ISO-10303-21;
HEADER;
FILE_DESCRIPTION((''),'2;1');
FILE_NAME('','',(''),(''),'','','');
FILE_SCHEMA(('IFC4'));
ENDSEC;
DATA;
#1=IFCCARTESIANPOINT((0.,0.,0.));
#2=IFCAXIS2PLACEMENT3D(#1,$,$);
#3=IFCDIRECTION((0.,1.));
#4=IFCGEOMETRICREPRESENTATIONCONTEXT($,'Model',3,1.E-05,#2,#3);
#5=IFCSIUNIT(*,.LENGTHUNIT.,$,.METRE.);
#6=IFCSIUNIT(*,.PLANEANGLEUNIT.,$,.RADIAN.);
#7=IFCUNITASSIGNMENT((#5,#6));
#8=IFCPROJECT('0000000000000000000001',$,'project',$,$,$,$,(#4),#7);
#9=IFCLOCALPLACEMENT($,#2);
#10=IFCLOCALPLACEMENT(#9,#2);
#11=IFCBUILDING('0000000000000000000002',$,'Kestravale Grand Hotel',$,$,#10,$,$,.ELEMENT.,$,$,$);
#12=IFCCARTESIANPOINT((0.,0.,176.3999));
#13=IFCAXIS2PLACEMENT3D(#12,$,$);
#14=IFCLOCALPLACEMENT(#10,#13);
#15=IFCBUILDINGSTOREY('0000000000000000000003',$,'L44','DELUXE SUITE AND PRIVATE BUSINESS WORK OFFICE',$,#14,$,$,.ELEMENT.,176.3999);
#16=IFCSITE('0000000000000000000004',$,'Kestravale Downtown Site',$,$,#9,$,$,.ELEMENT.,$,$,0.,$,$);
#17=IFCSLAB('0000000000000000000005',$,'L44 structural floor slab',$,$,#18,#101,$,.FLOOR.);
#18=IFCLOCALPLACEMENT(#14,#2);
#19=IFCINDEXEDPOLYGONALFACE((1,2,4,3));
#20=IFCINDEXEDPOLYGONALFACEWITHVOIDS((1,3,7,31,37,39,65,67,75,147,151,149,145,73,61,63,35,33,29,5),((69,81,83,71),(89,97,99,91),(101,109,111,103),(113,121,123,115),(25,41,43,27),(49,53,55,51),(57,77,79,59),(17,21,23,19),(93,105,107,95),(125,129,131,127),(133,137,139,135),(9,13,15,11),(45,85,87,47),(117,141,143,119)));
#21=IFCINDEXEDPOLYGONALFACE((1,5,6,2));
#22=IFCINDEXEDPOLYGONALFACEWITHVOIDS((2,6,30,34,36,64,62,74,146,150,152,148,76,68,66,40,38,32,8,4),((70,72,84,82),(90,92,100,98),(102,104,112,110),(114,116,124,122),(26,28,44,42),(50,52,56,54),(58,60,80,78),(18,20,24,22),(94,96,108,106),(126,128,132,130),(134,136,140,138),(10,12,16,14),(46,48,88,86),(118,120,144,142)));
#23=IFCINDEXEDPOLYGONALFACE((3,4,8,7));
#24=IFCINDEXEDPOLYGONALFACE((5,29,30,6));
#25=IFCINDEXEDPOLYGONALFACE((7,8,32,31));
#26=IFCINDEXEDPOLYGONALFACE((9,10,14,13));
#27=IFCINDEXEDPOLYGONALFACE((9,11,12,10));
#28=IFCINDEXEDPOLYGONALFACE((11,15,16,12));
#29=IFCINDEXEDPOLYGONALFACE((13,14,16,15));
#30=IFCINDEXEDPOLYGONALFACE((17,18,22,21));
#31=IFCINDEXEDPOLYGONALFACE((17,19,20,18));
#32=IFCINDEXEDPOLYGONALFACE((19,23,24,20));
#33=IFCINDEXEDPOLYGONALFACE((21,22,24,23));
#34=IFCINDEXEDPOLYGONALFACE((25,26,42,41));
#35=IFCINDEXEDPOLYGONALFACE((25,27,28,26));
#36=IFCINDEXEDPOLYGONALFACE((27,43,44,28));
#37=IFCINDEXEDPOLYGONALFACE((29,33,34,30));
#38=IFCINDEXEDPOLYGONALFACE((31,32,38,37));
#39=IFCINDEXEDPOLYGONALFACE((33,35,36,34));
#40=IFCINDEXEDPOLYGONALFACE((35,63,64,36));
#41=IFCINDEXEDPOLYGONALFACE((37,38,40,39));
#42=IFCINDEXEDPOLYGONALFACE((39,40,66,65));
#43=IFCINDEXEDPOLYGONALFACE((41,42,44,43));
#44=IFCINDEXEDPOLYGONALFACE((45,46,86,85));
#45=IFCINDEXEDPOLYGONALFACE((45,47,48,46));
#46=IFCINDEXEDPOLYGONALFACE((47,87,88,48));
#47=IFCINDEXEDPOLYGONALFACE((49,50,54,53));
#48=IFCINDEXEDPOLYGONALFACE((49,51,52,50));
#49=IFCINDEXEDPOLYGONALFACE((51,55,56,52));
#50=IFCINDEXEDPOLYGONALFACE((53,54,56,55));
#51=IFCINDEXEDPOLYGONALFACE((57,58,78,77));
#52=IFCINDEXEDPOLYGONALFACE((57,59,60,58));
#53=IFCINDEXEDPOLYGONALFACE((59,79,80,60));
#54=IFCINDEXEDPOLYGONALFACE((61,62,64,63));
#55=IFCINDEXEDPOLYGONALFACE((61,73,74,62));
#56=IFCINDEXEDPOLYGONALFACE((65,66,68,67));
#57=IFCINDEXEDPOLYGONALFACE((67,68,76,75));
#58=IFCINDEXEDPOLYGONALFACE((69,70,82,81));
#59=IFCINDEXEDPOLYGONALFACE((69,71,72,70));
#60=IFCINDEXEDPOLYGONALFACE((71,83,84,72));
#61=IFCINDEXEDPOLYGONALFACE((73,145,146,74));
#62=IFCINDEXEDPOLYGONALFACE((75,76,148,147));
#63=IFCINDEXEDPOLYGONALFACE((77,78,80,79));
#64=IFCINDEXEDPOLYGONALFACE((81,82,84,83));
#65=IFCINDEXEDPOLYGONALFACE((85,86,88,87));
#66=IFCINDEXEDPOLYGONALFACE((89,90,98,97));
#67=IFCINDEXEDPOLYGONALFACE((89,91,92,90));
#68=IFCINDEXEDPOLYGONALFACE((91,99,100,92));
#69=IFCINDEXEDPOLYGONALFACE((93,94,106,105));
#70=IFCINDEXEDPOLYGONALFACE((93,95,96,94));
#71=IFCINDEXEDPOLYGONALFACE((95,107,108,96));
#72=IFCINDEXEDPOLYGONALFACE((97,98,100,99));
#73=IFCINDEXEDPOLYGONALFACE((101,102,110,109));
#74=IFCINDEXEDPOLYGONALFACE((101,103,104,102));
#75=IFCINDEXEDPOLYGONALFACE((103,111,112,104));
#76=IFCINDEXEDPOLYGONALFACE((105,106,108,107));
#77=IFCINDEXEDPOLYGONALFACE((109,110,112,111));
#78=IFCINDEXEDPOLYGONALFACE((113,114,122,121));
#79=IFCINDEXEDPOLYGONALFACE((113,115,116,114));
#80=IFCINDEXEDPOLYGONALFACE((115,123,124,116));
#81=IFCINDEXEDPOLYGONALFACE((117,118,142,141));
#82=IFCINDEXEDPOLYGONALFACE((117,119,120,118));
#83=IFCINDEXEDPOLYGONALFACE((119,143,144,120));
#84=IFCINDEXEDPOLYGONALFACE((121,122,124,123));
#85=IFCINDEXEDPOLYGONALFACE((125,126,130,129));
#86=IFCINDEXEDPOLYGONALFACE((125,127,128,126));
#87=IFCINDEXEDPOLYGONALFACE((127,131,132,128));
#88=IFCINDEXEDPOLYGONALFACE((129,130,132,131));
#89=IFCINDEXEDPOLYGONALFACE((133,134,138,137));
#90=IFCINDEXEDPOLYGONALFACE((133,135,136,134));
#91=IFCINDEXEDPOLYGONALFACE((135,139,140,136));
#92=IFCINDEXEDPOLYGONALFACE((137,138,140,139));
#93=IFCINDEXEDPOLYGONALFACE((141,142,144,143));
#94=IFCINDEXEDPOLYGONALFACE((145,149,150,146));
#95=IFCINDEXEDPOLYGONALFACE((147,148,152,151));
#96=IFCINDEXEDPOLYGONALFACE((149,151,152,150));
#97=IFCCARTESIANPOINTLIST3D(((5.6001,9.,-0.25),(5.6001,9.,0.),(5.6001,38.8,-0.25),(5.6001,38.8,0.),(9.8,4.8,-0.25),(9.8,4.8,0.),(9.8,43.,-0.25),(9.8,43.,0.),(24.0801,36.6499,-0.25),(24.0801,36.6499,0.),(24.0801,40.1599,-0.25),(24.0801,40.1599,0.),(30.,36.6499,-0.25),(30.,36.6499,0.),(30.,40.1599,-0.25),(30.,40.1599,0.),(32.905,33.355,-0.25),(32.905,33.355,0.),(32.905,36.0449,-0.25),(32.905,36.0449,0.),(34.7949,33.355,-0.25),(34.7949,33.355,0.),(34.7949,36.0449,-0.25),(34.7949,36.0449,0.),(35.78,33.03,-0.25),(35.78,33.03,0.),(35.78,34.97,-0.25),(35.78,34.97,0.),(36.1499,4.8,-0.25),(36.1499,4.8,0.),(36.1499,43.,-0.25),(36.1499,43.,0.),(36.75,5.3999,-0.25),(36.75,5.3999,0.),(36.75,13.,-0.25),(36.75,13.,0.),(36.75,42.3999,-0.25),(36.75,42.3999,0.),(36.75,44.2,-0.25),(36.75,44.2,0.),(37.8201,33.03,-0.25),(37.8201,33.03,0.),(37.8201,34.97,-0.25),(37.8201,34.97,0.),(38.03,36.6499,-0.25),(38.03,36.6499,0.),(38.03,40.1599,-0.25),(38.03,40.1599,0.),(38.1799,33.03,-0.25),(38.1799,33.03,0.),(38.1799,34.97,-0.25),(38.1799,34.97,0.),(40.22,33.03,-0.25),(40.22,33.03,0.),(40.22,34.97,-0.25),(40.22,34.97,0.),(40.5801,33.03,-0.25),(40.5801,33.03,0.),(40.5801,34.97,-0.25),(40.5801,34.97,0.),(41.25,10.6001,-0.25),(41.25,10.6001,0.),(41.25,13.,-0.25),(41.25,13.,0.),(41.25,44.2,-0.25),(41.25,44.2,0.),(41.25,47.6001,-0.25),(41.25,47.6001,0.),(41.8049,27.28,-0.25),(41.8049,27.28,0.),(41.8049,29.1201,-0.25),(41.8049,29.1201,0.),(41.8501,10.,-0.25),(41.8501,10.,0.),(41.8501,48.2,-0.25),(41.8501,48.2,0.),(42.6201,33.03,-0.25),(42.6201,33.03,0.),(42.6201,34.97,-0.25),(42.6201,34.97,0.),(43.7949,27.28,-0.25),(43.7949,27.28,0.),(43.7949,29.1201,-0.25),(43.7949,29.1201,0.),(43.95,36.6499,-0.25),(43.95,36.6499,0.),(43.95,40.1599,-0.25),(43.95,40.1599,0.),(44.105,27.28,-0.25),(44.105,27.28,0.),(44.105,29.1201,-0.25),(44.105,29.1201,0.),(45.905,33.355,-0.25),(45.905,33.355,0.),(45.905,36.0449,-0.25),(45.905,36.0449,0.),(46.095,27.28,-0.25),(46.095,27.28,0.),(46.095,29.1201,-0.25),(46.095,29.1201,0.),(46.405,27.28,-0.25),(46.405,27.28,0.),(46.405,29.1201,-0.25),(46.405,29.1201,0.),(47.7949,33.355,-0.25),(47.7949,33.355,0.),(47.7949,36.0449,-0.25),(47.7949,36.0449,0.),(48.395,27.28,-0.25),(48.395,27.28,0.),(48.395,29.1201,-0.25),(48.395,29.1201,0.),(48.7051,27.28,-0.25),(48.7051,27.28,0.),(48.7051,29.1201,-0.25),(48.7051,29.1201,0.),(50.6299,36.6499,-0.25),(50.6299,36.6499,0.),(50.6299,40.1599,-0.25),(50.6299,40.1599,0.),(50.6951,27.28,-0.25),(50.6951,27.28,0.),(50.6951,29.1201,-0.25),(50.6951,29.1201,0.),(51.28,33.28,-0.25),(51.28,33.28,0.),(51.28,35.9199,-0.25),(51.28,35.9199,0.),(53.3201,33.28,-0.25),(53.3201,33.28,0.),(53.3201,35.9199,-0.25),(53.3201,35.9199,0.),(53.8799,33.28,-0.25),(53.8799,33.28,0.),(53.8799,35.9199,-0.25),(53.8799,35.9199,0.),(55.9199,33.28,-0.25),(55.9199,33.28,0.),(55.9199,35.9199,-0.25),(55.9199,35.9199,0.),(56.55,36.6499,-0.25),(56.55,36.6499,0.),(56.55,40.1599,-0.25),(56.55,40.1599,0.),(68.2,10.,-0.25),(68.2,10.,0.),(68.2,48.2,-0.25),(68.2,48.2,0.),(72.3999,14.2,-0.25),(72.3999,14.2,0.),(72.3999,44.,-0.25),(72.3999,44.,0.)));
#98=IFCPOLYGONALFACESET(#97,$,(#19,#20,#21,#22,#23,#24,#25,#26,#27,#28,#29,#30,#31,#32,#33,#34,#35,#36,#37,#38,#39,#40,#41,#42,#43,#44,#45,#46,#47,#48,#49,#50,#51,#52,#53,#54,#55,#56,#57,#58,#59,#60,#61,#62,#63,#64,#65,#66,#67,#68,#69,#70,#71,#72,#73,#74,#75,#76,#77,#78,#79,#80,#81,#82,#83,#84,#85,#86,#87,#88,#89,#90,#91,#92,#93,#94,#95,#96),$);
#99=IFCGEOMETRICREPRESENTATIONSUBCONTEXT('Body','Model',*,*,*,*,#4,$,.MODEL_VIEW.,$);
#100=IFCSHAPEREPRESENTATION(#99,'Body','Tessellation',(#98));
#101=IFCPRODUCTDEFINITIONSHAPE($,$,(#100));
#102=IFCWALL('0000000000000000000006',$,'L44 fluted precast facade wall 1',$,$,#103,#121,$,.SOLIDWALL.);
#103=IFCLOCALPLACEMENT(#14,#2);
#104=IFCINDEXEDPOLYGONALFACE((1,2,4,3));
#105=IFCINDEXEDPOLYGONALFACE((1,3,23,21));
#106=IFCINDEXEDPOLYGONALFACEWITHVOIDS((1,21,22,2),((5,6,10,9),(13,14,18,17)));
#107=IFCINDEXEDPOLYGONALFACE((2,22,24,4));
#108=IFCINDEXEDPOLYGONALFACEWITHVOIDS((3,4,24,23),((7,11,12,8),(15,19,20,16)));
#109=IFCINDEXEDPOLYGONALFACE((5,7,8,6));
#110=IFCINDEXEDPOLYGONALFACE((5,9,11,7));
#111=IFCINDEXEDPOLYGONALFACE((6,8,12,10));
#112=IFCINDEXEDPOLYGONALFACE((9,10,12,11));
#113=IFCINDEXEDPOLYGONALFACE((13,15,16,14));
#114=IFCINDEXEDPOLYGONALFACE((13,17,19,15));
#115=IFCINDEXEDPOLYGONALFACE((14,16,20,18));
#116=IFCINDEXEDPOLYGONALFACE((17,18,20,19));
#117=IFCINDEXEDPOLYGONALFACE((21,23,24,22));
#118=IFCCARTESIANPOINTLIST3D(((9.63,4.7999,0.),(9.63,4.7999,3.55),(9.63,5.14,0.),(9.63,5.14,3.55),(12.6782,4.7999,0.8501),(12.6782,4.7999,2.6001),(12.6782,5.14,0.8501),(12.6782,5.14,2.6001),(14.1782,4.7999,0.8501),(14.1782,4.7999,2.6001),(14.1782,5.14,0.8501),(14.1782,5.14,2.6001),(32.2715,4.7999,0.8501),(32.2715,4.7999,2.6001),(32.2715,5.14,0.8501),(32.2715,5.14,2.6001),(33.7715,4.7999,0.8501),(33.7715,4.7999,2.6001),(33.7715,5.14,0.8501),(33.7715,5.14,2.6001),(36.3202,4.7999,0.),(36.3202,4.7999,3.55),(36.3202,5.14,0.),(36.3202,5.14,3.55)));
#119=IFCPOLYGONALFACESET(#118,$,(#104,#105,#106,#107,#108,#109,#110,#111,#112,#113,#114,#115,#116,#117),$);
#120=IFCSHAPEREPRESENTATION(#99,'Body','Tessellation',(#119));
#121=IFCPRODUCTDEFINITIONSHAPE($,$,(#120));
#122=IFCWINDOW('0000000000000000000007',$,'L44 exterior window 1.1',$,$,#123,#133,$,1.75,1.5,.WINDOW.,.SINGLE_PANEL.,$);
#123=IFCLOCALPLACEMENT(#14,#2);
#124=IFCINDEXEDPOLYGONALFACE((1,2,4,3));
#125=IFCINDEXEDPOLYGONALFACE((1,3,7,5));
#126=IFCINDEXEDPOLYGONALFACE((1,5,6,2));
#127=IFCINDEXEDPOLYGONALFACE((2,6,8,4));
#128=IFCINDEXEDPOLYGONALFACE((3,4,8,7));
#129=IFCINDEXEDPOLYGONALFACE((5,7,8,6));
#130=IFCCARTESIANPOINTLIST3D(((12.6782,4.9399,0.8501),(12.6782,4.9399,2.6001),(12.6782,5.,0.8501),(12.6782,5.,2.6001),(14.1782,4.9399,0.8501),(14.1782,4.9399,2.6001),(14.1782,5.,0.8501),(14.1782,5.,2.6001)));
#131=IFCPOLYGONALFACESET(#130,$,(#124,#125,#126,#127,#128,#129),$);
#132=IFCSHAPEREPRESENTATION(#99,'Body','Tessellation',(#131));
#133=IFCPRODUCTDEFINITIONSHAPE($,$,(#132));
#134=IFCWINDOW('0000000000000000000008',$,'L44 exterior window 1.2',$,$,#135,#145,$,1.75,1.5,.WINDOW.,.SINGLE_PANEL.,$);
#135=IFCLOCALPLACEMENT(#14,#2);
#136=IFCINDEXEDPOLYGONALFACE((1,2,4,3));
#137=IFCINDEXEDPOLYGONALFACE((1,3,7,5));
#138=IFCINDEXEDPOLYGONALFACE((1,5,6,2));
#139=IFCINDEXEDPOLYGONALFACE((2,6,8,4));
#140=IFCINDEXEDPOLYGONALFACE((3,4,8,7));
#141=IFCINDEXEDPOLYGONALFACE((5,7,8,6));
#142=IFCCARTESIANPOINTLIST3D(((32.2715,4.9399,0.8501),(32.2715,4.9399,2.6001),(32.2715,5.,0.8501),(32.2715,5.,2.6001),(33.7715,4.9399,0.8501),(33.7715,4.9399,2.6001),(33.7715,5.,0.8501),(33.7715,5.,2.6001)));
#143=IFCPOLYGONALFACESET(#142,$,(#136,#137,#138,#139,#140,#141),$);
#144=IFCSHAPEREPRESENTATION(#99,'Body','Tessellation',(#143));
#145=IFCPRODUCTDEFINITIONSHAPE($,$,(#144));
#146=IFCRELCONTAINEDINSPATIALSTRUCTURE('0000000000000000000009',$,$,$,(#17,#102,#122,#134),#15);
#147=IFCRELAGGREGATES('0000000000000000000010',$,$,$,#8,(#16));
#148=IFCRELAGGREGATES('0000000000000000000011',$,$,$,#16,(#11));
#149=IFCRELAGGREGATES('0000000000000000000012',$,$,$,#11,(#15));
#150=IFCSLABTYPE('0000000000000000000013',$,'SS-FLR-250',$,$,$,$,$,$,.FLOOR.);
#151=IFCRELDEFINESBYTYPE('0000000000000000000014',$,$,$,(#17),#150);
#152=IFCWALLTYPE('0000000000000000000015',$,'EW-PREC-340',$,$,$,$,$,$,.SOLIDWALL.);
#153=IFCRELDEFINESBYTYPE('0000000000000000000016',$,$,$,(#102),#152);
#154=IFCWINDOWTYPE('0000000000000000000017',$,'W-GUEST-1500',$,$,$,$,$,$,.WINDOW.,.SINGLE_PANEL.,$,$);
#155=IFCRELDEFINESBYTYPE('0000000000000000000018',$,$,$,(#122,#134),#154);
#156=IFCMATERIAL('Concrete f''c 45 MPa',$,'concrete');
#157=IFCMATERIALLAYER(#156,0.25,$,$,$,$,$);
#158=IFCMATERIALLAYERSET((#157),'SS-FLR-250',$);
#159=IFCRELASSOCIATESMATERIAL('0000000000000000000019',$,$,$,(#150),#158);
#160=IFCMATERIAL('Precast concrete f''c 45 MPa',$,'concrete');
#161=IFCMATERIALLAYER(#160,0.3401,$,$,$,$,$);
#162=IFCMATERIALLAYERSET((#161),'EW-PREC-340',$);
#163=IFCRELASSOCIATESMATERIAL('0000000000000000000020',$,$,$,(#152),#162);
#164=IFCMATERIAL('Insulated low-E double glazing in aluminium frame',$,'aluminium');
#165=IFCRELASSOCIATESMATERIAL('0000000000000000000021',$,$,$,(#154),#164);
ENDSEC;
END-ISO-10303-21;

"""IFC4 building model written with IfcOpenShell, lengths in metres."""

from ifc_helpers import new_model, si_unit, direction, frame, frame_2d, origin, place, context, subcontext, project, spatial, polyline, rectangle, outline, extrude, material, layer, layer_set, type_object, element, fill, save


model = new_model("IFC4")

# Units and contexts
model_context = context("Model", 3, precision=1e-05, world=origin(), true_north=direction((0.0, 1.0)))
body_context = subcontext(model_context, "Body", "Model", "MODEL_VIEW")
ifc_project = project(units=[si_unit("LENGTHUNIT", "METRE"), si_unit("PLANEANGLEUNIT", "RADIAN")], contexts=[model_context])

# Site, building, storey
site_placement = place(None, origin())
site = spatial("IfcSite", under=ifc_project, at=site_placement, Name="Kestravale Downtown Site", CompositionType="ELEMENT", RefElevation=0.0)
building_placement = place(site_placement, origin())
building = spatial("IfcBuilding", under=site, at=building_placement, Name="Kestravale Grand Hotel", CompositionType="ELEMENT")
storey_placement = place(building_placement, frame((0.0, 0.0, 176.3999)))
storey = spatial("IfcBuildingStorey", under=building, at=storey_placement, Name="L44", Description="DELUXE SUITE AND PRIVATE BUSINESS WORK OFFICE", CompositionType="ELEMENT", Elevation=176.3999)

# Slab
ifc_material_1 = material(Name="Concrete f'c 45 MPa", Category="concrete")
ifc_layer_1 = layer(ifc_material_1, 0.25)
ifc_layer_set_1 = layer_set([ifc_layer_1], Name="SS-FLR-250")
slab_type_1 = type_object("IfcSlabType", Name="SS-FLR-250", PredefinedType="FLOOR", material=ifc_layer_set_1)
slab_1_placement = place(storey_placement, frame((0.0, 0.0, -0.25)))
element("IfcSlab", 1, at=slab_1_placement, inside=storey, type_object=slab_type_1, Name="L44 structural floor slab", PredefinedType="FLOOR", context=body_context, shape_type="SweptSolid", body=[
    extrude(outline(polyline([(9.8, 4.8), (36.1499, 4.8), (36.75, 5.3999), (36.75, 13.0), (41.25, 13.0), (41.25, 10.6001), (41.8501, 10.0), (68.2, 10.0), (72.3999, 14.2), (72.3999, 44.0), (68.2, 48.2), (41.8501, 48.2), (41.25, 47.6001), (41.25, 44.2), (36.75, 44.2), (36.75, 42.3999), (36.1499, 43.0), (9.8, 43.0), (5.6001, 38.8), (5.6001, 9.0), (9.8, 4.8)]), holes=[polyline([(24.0801, 36.6499), (30.0, 36.6499), (30.0, 40.1599), (24.0801, 40.1599), (24.0801, 36.6499)]), polyline([(38.03, 36.6499), (43.95, 36.6499), (43.95, 40.1599), (38.03, 40.1599), (38.03, 36.6499)]), polyline([(50.6299, 36.6499), (56.55, 36.6499), (56.55, 40.1599), (50.6299, 40.1599), (50.6299, 36.6499)]), polyline([(41.8049, 27.28), (43.7949, 27.28), (43.7949, 29.1201), (41.8049, 29.1201), (41.8049, 27.28)]), polyline([(44.105, 27.28), (46.095, 27.28), (46.095, 29.1201), (44.105, 29.1201), (44.105, 27.28)]), polyline([(46.405, 27.28), (48.395, 27.28), (48.395, 29.1201), (46.405, 29.1201), (46.405, 27.28)]), polyline([(48.7051, 27.28), (50.6951, 27.28), (50.6951, 29.1201), (48.7051, 29.1201), (48.7051, 27.28)]), polyline([(35.78, 33.03), (37.8201, 33.03), (37.8201, 34.97), (35.78, 34.97), (35.78, 33.03)]), polyline([(38.1799, 33.03), (40.22, 33.03), (40.22, 34.97), (38.1799, 34.97), (38.1799, 33.03)]), polyline([(40.5801, 33.03), (42.6201, 33.03), (42.6201, 34.97), (40.5801, 34.97), (40.5801, 33.03)]), polyline([(32.905, 33.355), (34.7949, 33.355), (34.7949, 36.0449), (32.905, 36.0449), (32.905, 33.355)]), polyline([(45.905, 33.355), (47.7949, 33.355), (47.7949, 36.0449), (45.905, 36.0449), (45.905, 33.355)]), polyline([(51.28, 33.28), (53.3201, 33.28), (53.3201, 35.9199), (51.28, 35.9199), (51.28, 33.28)]), polyline([(53.8799, 33.28), (55.9199, 33.28), (55.9199, 35.9199), (53.8799, 35.9199), (53.8799, 33.28)])]), origin(), (0.0, 0.0, 1.0), 0.25),
])

# Wall, openings, windows
ifc_material_2 = material(Name="Precast concrete f'c 45 MPa", Category="concrete")
ifc_layer_2 = layer(ifc_material_2, 0.3401)
ifc_layer_set_2 = layer_set([ifc_layer_2], Name="EW-PREC-340")
wall_type_1 = type_object("IfcWallType", Name="EW-PREC-340", PredefinedType="SOLIDWALL", material=ifc_layer_set_2)
wall_1_placement = place(storey_placement, frame((9.6299, 4.97, 0.0), z_axis=(0.0, 0.0, 1.0), x_axis=(1.0, 0.0, 0.0)))
wall_1 = element("IfcWall", 2, at=wall_1_placement, inside=storey, type_object=wall_type_1, Name="L44 fluted precast facade wall 1", PredefinedType="SOLIDWALL", context=body_context, shape_type="SweptSolid", body=[
    extrude(rectangle(XDim=26.6902, YDim=0.3401, at=frame_2d((13.3452, 0.0))), origin(), (0.0, 0.0, 1.0), 3.55),
])
opening_1_placement = place(wall_1_placement, frame((3.0483, 0.0, 0.8501)))
opening_1 = element("IfcOpeningElement", 3, at=opening_1_placement, cuts=wall_1, PredefinedType="OPENING", context=body_context, shape_type="SweptSolid", body=[
    extrude(rectangle(XDim=1.5, YDim=1.75, at=frame_2d((0.75, 0.875))), frame((0.0, 0.1799, 0.0), z_axis=(0.0, -1.0, 0.0), x_axis=(1.0, 0.0, 0.0)), (0.0, 0.0, 1.0), 0.3601),
])
opening_2_placement = place(wall_1_placement, frame((22.6416, 0.0, 0.8501)))
opening_2 = element("IfcOpeningElement", 4, at=opening_2_placement, cuts=wall_1, PredefinedType="OPENING", context=body_context, shape_type="SweptSolid", body=[
    extrude(rectangle(XDim=1.5, YDim=1.75, at=frame_2d((0.75, 0.875))), frame((0.0, 0.1799, 0.0), z_axis=(0.0, -1.0, 0.0), x_axis=(1.0, 0.0, 0.0)), (0.0, 0.0, 1.0), 0.3601),
])
ifc_material_3 = material(Name="Insulated low-E double glazing in aluminium frame", Category="aluminium")
window_type = type_object("IfcWindowType", Name="W-GUEST-1500", PartitioningType="SINGLE_PANEL", PredefinedType="WINDOW", material=ifc_material_3)
window_1_placement = place(opening_1_placement, origin())
window_1 = element("IfcWindow", 5, at=window_1_placement, inside=storey, type_object=window_type, Name="L44 exterior window 1.1", OverallHeight=1.75, OverallWidth=1.5, PartitioningType="SINGLE_PANEL", PredefinedType="WINDOW", context=body_context, shape_type="SweptSolid", body=[
    extrude(rectangle(XDim=1.5, YDim=1.75, at=frame_2d((0.75, 0.875))), frame((0.0, 0.03, 0.0), z_axis=(0.0, -1.0, 0.0), x_axis=(1.0, 0.0, 0.0)), (0.0, 0.0, 1.0), 0.0601),
])
fill(opening_1, window_1)
window_2_placement = place(opening_2_placement, origin())
window_2 = element("IfcWindow", 6, at=window_2_placement, inside=storey, type_object=window_type, Name="L44 exterior window 1.2", OverallHeight=1.75, OverallWidth=1.5, PartitioningType="SINGLE_PANEL", PredefinedType="WINDOW", context=body_context, shape_type="SweptSolid", body=[
    extrude(rectangle(XDim=1.5, YDim=1.75, at=frame_2d((0.75, 0.875))), frame((0.0, 0.03, 0.0), z_axis=(0.0, -1.0, 0.0), x_axis=(1.0, 0.0, 0.0)), (0.0, 0.0, 1.0), 0.0601),
])
fill(opening_2, window_2)

save(model, "model.ifc")
